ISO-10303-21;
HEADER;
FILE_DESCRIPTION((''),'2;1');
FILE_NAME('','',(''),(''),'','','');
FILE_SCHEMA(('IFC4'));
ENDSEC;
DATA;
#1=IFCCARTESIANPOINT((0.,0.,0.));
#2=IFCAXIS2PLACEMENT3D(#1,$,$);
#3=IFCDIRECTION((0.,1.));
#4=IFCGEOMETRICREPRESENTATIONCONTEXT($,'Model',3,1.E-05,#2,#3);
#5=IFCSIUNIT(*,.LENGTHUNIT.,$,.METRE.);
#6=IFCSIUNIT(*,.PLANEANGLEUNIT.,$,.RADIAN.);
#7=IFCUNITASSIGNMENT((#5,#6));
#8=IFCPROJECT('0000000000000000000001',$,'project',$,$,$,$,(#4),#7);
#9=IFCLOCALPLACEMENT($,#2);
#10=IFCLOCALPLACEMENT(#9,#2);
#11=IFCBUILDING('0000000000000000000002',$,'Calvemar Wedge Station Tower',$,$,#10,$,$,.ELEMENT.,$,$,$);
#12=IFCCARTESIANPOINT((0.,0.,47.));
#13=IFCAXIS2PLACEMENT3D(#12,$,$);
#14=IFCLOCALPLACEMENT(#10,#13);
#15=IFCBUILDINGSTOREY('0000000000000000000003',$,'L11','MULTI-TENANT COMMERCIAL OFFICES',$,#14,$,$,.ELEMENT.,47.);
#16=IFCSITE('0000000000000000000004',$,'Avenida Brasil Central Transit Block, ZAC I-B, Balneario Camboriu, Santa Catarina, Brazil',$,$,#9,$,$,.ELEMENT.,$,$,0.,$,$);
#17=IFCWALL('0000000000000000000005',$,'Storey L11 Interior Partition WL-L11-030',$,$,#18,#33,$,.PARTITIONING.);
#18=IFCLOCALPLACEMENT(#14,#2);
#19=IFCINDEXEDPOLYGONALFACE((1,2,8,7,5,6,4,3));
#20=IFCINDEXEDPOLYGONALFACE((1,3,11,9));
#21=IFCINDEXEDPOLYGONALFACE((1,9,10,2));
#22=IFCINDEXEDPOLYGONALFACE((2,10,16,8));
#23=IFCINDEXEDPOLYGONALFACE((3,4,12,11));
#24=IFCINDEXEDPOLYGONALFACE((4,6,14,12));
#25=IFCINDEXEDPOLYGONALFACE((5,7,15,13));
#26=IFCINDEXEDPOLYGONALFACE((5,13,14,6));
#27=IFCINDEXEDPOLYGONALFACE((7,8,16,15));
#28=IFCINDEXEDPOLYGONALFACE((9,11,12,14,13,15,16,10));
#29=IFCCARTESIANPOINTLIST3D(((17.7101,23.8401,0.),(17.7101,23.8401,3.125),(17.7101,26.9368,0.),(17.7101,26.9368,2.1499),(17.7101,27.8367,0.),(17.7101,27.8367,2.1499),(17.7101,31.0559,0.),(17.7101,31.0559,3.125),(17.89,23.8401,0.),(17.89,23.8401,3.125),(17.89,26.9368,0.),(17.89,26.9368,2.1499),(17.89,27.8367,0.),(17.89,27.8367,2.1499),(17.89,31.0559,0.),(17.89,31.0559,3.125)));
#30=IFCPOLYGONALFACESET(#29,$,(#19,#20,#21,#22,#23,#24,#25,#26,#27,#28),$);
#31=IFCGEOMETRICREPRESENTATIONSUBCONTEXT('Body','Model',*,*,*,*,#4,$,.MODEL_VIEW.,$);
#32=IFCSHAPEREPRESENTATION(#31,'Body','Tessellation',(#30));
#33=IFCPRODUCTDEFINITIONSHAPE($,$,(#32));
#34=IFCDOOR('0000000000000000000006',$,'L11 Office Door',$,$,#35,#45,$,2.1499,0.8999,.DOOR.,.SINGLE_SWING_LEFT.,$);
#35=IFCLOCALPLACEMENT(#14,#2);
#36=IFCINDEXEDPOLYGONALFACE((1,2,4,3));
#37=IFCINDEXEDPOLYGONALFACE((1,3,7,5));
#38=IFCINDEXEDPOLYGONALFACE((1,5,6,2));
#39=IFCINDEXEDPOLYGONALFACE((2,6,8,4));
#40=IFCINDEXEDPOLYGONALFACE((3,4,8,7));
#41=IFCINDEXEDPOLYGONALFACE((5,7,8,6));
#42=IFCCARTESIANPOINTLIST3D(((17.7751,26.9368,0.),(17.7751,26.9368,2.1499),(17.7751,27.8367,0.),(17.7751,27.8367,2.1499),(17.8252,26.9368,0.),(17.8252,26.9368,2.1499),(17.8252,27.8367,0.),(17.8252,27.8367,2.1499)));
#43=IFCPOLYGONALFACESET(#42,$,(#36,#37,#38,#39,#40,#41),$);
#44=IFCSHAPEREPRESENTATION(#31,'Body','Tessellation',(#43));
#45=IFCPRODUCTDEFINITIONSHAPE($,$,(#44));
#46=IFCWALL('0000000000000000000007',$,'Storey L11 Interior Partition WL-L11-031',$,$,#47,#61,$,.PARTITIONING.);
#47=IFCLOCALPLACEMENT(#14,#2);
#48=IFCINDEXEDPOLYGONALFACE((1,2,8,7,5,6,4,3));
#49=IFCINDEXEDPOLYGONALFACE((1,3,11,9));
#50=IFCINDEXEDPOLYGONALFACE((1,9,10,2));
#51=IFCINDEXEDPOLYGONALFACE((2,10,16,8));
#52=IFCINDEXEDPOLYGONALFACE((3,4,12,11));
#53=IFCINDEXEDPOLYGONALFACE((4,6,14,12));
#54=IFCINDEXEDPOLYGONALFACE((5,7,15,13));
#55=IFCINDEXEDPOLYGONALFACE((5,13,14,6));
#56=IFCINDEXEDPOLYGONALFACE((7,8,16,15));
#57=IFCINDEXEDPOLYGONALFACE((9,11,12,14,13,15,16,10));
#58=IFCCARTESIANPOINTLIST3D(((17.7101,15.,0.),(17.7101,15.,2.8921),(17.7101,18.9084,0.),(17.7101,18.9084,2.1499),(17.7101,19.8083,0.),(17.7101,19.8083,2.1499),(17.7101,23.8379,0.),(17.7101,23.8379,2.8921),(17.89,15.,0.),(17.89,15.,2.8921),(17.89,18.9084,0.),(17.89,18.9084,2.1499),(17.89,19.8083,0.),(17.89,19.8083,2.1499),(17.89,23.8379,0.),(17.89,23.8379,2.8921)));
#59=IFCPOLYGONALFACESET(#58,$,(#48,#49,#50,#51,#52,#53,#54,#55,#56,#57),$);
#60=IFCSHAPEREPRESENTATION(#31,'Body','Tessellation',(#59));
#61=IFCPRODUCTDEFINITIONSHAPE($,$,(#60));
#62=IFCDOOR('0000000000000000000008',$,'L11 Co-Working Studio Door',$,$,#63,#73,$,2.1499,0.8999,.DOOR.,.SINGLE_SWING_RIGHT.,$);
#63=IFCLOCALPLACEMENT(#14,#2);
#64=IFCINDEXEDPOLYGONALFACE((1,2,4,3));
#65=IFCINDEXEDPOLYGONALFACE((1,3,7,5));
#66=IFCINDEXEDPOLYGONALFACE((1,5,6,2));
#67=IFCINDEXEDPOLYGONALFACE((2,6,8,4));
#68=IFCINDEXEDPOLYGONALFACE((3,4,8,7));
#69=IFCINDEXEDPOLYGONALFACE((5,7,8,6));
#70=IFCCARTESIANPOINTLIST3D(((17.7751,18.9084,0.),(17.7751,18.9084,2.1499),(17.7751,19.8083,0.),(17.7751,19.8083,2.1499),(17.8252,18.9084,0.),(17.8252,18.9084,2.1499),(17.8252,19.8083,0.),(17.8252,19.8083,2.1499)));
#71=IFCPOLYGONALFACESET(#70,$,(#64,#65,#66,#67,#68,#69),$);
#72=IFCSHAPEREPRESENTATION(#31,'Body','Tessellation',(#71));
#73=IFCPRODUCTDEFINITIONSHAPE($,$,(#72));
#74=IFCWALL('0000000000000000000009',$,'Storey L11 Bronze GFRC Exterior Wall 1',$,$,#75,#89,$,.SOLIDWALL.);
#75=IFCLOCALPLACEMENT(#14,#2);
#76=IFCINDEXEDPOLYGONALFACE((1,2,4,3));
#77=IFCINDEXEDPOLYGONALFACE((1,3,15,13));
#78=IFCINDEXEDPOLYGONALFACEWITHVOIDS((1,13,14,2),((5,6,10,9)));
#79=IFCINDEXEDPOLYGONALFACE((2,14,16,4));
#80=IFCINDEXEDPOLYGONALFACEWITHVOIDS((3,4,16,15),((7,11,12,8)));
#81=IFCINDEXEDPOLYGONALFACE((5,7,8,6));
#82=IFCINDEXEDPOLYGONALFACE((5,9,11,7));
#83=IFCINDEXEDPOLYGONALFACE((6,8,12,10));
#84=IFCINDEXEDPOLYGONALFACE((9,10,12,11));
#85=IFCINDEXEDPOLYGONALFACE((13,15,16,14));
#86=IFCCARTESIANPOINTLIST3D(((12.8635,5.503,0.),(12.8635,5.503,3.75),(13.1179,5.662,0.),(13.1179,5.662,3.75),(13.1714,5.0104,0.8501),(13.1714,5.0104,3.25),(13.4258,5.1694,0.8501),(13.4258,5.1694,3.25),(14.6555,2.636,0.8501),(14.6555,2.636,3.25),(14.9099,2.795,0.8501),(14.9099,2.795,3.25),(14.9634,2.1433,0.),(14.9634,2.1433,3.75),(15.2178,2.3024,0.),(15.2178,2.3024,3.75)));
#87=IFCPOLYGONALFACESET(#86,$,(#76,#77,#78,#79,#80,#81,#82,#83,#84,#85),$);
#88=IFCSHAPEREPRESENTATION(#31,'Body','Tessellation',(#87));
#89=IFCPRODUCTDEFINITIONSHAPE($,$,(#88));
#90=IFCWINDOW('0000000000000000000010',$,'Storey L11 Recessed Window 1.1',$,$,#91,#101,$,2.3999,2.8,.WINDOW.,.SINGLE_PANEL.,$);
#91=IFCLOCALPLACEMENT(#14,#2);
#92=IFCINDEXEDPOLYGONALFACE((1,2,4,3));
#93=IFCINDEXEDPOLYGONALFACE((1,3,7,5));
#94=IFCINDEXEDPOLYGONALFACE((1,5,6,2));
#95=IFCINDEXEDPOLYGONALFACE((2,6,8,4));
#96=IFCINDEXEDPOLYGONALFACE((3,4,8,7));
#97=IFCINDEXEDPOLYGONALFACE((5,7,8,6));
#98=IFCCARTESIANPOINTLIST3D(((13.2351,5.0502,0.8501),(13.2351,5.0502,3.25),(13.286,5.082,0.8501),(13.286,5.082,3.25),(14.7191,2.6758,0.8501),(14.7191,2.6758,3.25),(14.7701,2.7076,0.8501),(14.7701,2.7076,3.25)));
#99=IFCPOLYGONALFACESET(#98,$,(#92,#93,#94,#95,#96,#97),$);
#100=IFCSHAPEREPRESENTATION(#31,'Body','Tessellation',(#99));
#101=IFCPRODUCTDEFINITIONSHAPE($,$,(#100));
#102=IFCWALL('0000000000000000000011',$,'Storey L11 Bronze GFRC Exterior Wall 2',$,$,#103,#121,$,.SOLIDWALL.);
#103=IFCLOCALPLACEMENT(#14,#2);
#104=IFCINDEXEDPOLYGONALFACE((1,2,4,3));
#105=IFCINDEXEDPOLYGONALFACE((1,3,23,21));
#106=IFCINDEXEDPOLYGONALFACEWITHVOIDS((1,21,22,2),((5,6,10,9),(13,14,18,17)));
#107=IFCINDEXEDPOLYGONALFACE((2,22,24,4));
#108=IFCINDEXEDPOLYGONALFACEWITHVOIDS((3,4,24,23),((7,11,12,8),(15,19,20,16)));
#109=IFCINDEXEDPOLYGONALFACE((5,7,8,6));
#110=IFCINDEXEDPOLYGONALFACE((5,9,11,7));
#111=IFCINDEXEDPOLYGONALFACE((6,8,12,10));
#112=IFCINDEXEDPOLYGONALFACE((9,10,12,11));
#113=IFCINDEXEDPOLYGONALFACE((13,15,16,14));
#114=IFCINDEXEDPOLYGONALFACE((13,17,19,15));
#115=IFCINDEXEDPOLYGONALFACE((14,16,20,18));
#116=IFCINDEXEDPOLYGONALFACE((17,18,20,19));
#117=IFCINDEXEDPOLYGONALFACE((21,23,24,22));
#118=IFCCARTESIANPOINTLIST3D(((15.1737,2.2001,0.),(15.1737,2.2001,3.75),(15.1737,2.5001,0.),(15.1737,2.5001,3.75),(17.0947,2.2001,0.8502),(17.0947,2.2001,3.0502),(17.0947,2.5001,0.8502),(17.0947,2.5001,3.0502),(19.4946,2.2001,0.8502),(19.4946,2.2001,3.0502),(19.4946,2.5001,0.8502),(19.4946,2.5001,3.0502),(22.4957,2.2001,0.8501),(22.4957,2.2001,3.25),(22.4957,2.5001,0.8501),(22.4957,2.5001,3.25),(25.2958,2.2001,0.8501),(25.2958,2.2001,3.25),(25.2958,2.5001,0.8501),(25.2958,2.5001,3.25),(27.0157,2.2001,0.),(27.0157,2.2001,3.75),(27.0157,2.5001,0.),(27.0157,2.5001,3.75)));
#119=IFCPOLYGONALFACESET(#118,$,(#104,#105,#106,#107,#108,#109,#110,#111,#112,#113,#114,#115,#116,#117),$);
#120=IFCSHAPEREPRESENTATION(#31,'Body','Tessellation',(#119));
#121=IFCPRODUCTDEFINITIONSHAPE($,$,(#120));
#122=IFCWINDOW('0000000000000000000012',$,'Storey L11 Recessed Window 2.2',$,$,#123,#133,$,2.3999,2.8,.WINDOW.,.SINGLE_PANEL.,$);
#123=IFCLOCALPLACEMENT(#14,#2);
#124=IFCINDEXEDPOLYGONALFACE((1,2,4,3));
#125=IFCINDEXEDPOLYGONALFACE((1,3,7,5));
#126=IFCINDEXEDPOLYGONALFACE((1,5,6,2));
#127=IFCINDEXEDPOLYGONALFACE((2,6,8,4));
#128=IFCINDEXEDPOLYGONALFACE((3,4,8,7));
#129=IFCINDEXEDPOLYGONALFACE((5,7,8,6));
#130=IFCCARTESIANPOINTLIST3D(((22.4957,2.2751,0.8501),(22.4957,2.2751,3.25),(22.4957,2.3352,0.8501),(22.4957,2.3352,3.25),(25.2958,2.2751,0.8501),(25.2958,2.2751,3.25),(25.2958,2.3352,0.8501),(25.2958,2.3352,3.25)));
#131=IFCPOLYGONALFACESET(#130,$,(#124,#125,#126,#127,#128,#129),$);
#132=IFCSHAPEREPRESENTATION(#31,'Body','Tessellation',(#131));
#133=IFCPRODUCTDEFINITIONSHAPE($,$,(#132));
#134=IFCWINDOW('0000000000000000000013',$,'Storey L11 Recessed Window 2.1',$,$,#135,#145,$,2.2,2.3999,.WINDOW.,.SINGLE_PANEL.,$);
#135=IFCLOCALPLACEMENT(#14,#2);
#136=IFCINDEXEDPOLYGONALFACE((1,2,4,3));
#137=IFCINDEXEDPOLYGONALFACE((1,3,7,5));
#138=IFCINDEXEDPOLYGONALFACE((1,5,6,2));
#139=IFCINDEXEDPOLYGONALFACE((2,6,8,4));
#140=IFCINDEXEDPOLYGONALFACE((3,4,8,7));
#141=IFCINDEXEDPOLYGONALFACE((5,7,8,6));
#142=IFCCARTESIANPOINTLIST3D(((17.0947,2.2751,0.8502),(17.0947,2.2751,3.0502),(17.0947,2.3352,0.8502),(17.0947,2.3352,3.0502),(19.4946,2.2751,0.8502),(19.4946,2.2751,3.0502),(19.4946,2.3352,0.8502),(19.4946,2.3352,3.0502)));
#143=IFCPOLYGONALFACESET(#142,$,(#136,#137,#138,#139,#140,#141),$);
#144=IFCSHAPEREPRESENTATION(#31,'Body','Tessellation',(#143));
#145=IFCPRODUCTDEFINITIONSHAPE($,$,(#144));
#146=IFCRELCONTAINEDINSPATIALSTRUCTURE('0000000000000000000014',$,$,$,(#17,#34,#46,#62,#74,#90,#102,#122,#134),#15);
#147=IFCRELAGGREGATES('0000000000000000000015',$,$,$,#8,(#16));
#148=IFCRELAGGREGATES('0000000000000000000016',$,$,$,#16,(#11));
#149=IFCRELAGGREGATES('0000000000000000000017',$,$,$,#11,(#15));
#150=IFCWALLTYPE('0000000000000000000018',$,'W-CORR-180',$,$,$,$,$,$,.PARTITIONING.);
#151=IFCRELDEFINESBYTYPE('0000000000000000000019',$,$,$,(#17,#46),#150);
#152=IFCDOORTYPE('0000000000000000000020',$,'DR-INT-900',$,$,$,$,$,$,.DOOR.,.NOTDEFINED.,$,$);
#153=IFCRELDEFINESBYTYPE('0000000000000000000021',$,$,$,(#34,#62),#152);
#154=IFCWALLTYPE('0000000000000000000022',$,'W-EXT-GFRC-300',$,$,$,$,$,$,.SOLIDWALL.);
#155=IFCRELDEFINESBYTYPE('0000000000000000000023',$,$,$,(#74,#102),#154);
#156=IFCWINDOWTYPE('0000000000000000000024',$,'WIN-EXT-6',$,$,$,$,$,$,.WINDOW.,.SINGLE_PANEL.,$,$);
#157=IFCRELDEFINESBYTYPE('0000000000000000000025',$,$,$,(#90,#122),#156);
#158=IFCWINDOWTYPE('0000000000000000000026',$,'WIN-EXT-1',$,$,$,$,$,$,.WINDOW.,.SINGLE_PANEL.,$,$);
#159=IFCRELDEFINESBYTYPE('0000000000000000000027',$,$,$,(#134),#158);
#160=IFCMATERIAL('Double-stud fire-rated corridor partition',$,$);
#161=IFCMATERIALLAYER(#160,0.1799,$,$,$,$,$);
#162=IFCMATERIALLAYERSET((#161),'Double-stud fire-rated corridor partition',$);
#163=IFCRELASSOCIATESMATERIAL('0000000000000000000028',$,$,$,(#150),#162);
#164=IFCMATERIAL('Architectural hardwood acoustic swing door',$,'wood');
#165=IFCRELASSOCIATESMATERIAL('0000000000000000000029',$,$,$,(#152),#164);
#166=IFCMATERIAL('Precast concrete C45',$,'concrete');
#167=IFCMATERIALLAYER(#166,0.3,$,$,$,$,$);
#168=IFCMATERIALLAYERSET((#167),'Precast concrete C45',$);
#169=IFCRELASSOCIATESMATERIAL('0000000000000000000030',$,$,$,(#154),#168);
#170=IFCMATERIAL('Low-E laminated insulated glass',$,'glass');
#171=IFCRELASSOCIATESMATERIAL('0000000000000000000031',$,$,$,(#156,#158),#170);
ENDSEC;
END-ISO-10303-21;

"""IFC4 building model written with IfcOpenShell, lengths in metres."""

from ifc_helpers import new_model, si_unit, direction, frame, frame_2d, origin, place, context, subcontext, project, spatial, rectangle, extrude, source, transform, mapped, material, layer, layer_set, type_object, element, fill, save


model = new_model("IFC4")

# Units and contexts
model_context = context("Model", 3, precision=1e-05, world=origin(), true_north=direction((0.0, 1.0)))
body_context = subcontext(model_context, "Body", "Model", "MODEL_VIEW")
ifc_project = project(units=[si_unit("LENGTHUNIT", "METRE"), si_unit("PLANEANGLEUNIT", "RADIAN")], contexts=[model_context])

# Site, building, storey
site_placement = place(None, origin())
site = spatial("IfcSite", under=ifc_project, at=site_placement, Name="Avenida Brasil Central Transit Block, ZAC I-B, Balneario Camboriu, Santa Catarina, Brazil", CompositionType="ELEMENT", RefElevation=0.0)
building_placement = place(site_placement, origin())
building = spatial("IfcBuilding", under=site, at=building_placement, Name="Calvemar Wedge Station Tower", CompositionType="ELEMENT")
storey_placement = place(building_placement, frame((0.0, 0.0, 47.0)))
storey = spatial("IfcBuildingStorey", under=building, at=storey_placement, Name="L11", Description="MULTI-TENANT COMMERCIAL OFFICES", CompositionType="ELEMENT", Elevation=47.0)

# Walls, openings, doors
ifc_material_1 = material(Name="Double-stud fire-rated corridor partition")
ifc_layer_1 = layer(ifc_material_1, 0.1799)
ifc_layer_set_1 = layer_set([ifc_layer_1], Name="Double-stud fire-rated corridor partition")
wall_type_1 = type_object("IfcWallType", Name="W-CORR-180", PredefinedType="PARTITIONING", material=ifc_layer_set_1)
wall_1_placement = place(storey_placement, frame((17.8, 23.8401, 0.0), z_axis=(0.0, 0.0, 1.0), x_axis=(0.0, 1.0, 0.0)))
wall_1 = element("IfcWall", 1, at=wall_1_placement, inside=storey, type_object=wall_type_1, Name="Storey L11 Interior Partition WL-L11-030", PredefinedType="PARTITIONING", context=body_context, shape_type="SweptSolid", body=[
    extrude(rectangle(XDim=7.2158, YDim=0.1799, at=frame_2d((3.6079, 0.0))), origin(), (0.0, 0.0, 1.0), 3.125),
])
shared_shape_1 = source(origin(), body_context, "Body", "SweptSolid", [
    extrude(rectangle(XDim=0.8999, YDim=2.1499, at=frame_2d((0.45, 1.075))), frame((0.0, 0.1001, 0.0), z_axis=(0.0, -1.0, 0.0), x_axis=(1.0, 0.0, 0.0)), (0.0, 0.0, 1.0), 0.2),
])
opening_1_placement = place(wall_1_placement, frame((3.0967, 0.0, 0.0)))
opening_1 = element("IfcOpeningElement", 2, at=opening_1_placement, cuts=wall_1, PredefinedType="OPENING", context=body_context, shape_type="MappedRepresentation", body=[
    mapped(shared_shape_1, transform((0.0, 0.0, 0.0), scale=1.0)),
])
ifc_material_2 = material(Name="Architectural hardwood acoustic swing door", Category="wood")
door_type = type_object("IfcDoorType", Name="DR-INT-900", OperationType="NOTDEFINED", PredefinedType="DOOR", material=ifc_material_2)
shared_shape_2 = source(origin(), body_context, "Body", "SweptSolid", [
    extrude(rectangle(XDim=0.8999, YDim=2.1499, at=frame_2d((0.45, 1.075))), frame((0.0, 0.0249, 0.0), z_axis=(0.0, -1.0, 0.0), x_axis=(1.0, 0.0, 0.0)), (0.0, 0.0, 1.0), 0.05),
])
door_1_placement = place(opening_1_placement, origin())
door_1 = element("IfcDoor", 3, at=door_1_placement, inside=storey, type_object=door_type, Name="L11 Office Door", OperationType="SINGLE_SWING_LEFT", OverallHeight=2.1499, OverallWidth=0.8999, PredefinedType="DOOR", context=body_context, shape_type="MappedRepresentation", body=[
    mapped(shared_shape_2, transform((0.0, 0.0, 0.0), scale=1.0)),
])
fill(opening_1, door_1)
wall_2_placement = place(storey_placement, frame((17.8, 15.0, 0.0), z_axis=(0.0, 0.0, 1.0), x_axis=(0.0, 1.0, 0.0)))
wall_2 = element("IfcWall", 4, at=wall_2_placement, inside=storey, type_object=wall_type_1, Name="Storey L11 Interior Partition WL-L11-031", PredefinedType="PARTITIONING", context=body_context, shape_type="SweptSolid", body=[
    extrude(rectangle(XDim=8.8379, YDim=0.1799, at=frame_2d((4.4189, 0.0))), origin(), (0.0, 0.0, 1.0), 2.8921),
])
opening_2_placement = place(wall_2_placement, frame((3.9084, 0.0, 0.0)))
opening_2 = element("IfcOpeningElement", 5, at=opening_2_placement, cuts=wall_2, PredefinedType="OPENING", context=body_context, shape_type="MappedRepresentation", body=[
    mapped(shared_shape_1, transform((0.0, 0.0, 0.0), scale=1.0)),
])
door_2_placement = place(opening_2_placement, origin())
door_2 = element("IfcDoor", 6, at=door_2_placement, inside=storey, type_object=door_type, Name="L11 Co-Working Studio Door", OperationType="SINGLE_SWING_RIGHT", OverallHeight=2.1499, OverallWidth=0.8999, PredefinedType="DOOR", context=body_context, shape_type="MappedRepresentation", body=[
    mapped(shared_shape_2, transform((0.0, 0.0, 0.0), scale=1.0)),
])
fill(opening_2, door_2)

# Wall, opening, window
ifc_material_3 = material(Name="Precast concrete C45", Category="concrete")
ifc_layer_2 = layer(ifc_material_3, 0.3)
ifc_layer_set_2 = layer_set([ifc_layer_2], Name="Precast concrete C45")
wall_type_2 = type_object("IfcWallType", Name="W-EXT-GFRC-300", PredefinedType="SOLIDWALL", material=ifc_layer_set_2)
wall_3_placement = place(storey_placement, frame((12.9907, 5.5825, 0.0), z_axis=(0.0, 0.0, 1.0), x_axis=(0.530016, -0.847988, 0.0)))
wall_3 = element("IfcWall", 7, at=wall_3_placement, inside=storey, type_object=wall_type_2, Name="Storey L11 Bronze GFRC Exterior Wall 1", PredefinedType="SOLIDWALL", context=body_context, shape_type="SweptSolid", body=[
    extrude(rectangle(XDim=3.9619, YDim=0.3, at=frame_2d((1.981, 0.0))), origin(), (0.0, 0.0, 1.0), 3.75),
])
shared_shape_3 = source(origin(), body_context, "Body", "SweptSolid", [
    extrude(rectangle(XDim=2.8, YDim=2.3999, at=frame_2d((1.3999, 1.2))), frame((0.0, 0.1602, 0.0), z_axis=(0.0, -1.0, 0.0), x_axis=(1.0, 0.0, 0.0)), (0.0, 0.0, 1.0), 0.3201),
])
opening_3_placement = place(wall_3_placement, frame((0.5811, 0.0, 0.8501)))
opening_3 = element("IfcOpeningElement", 8, at=opening_3_placement, cuts=wall_3, PredefinedType="OPENING", context=body_context, shape_type="MappedRepresentation", body=[
    mapped(shared_shape_3, transform((0.0, 0.0, 0.0), scale=1.0)),
])
ifc_material_4 = material(Name="Low-E laminated insulated glass", Category="glass")
window_type_1 = type_object("IfcWindowType", Name="WIN-EXT-6", PartitioningType="SINGLE_PANEL", PredefinedType="WINDOW", material=ifc_material_4)
shared_shape_4 = source(origin(), body_context, "Body", "SweptSolid", [
    extrude(rectangle(XDim=2.8, YDim=2.3999, at=frame_2d((1.3999, 1.2))), frame((0.0, -0.0149, 0.0), z_axis=(0.0, -1.0, 0.0), x_axis=(1.0, 0.0, 0.0)), (0.0, 0.0, 1.0), 0.0601),
])
window_1_placement = place(opening_3_placement, origin())
window_1 = element("IfcWindow", 9, at=window_1_placement, inside=storey, type_object=window_type_1, Name="Storey L11 Recessed Window 1.1", OverallHeight=2.3999, OverallWidth=2.8, PartitioningType="SINGLE_PANEL", PredefinedType="WINDOW", context=body_context, shape_type="MappedRepresentation", body=[
    mapped(shared_shape_4, transform((0.0, 0.0, 0.0), scale=1.0)),
])
fill(opening_3, window_1)

# Wall, openings, windows
wall_4_placement = place(storey_placement, frame((15.1738, 2.3501, 0.0), z_axis=(0.0, 0.0, 1.0), x_axis=(1.0, 0.0, 0.0)))
wall_4 = element("IfcWall", 10, at=wall_4_placement, inside=storey, type_object=wall_type_2, Name="Storey L11 Bronze GFRC Exterior Wall 2", PredefinedType="SOLIDWALL", context=body_context, shape_type="SweptSolid", body=[
    extrude(rectangle(XDim=11.842, YDim=0.3, at=frame_2d((5.9209, 0.0))), origin(), (0.0, 0.0, 1.0), 3.75),
])
shared_shape_5 = source(origin(), body_context, "Body", "SweptSolid", [
    extrude(rectangle(XDim=2.3999, YDim=2.2, at=frame_2d((1.2, 1.1001))), frame((0.0, 0.1602, 0.0), z_axis=(0.0, -1.0, 0.0), x_axis=(1.0, 0.0, 0.0)), (0.0, 0.0, 1.0), 0.3201),
])
opening_4_placement = place(wall_4_placement, frame((1.9209, 0.0, 0.8501)))
opening_4 = element("IfcOpeningElement", 11, at=opening_4_placement, cuts=wall_4, PredefinedType="OPENING", context=body_context, shape_type="MappedRepresentation", body=[
    mapped(shared_shape_5, transform((0.0, 0.0, 0.0), scale=1.0)),
])
opening_5_placement = place(wall_4_placement, frame((7.322, 0.0, 0.8501)))
opening_5 = element("IfcOpeningElement", 12, at=opening_5_placement, cuts=wall_4, PredefinedType="OPENING", context=body_context, shape_type="MappedRepresentation", body=[
    mapped(shared_shape_3, transform((0.0, 0.0, 0.0), scale=1.0)),
])
window_2_placement = place(opening_5_placement, origin())
window_2 = element("IfcWindow", 13, at=window_2_placement, inside=storey, type_object=window_type_1, Name="Storey L11 Recessed Window 2.2", OverallHeight=2.3999, OverallWidth=2.8, PartitioningType="SINGLE_PANEL", PredefinedType="WINDOW", context=body_context, shape_type="MappedRepresentation", body=[
    mapped(shared_shape_4, transform((0.0, 0.0, 0.0), scale=1.0)),
])
fill(opening_5, window_2)
window_type_2 = type_object("IfcWindowType", Name="WIN-EXT-1", PartitioningType="SINGLE_PANEL", PredefinedType="WINDOW", material=ifc_material_4)
shared_shape_6 = source(origin(), body_context, "Body", "SweptSolid", [
    extrude(rectangle(XDim=2.3999, YDim=2.2, at=frame_2d((1.2, 1.1001))), frame((0.0, -0.0149, 0.0), z_axis=(0.0, -1.0, 0.0), x_axis=(1.0, 0.0, 0.0)), (0.0, 0.0, 1.0), 0.0601),
])
window_3_placement = place(opening_4_placement, origin())
window_3 = element("IfcWindow", 14, at=window_3_placement, inside=storey, type_object=window_type_2, Name="Storey L11 Recessed Window 2.1", OverallHeight=2.2, OverallWidth=2.3999, PartitioningType="SINGLE_PANEL", PredefinedType="WINDOW", context=body_context, shape_type="MappedRepresentation", body=[
    mapped(shared_shape_6, transform((0.0, 0.0, 0.0), scale=1.0)),
])
fill(opening_4, window_3)

save(model, "model.ifc")
